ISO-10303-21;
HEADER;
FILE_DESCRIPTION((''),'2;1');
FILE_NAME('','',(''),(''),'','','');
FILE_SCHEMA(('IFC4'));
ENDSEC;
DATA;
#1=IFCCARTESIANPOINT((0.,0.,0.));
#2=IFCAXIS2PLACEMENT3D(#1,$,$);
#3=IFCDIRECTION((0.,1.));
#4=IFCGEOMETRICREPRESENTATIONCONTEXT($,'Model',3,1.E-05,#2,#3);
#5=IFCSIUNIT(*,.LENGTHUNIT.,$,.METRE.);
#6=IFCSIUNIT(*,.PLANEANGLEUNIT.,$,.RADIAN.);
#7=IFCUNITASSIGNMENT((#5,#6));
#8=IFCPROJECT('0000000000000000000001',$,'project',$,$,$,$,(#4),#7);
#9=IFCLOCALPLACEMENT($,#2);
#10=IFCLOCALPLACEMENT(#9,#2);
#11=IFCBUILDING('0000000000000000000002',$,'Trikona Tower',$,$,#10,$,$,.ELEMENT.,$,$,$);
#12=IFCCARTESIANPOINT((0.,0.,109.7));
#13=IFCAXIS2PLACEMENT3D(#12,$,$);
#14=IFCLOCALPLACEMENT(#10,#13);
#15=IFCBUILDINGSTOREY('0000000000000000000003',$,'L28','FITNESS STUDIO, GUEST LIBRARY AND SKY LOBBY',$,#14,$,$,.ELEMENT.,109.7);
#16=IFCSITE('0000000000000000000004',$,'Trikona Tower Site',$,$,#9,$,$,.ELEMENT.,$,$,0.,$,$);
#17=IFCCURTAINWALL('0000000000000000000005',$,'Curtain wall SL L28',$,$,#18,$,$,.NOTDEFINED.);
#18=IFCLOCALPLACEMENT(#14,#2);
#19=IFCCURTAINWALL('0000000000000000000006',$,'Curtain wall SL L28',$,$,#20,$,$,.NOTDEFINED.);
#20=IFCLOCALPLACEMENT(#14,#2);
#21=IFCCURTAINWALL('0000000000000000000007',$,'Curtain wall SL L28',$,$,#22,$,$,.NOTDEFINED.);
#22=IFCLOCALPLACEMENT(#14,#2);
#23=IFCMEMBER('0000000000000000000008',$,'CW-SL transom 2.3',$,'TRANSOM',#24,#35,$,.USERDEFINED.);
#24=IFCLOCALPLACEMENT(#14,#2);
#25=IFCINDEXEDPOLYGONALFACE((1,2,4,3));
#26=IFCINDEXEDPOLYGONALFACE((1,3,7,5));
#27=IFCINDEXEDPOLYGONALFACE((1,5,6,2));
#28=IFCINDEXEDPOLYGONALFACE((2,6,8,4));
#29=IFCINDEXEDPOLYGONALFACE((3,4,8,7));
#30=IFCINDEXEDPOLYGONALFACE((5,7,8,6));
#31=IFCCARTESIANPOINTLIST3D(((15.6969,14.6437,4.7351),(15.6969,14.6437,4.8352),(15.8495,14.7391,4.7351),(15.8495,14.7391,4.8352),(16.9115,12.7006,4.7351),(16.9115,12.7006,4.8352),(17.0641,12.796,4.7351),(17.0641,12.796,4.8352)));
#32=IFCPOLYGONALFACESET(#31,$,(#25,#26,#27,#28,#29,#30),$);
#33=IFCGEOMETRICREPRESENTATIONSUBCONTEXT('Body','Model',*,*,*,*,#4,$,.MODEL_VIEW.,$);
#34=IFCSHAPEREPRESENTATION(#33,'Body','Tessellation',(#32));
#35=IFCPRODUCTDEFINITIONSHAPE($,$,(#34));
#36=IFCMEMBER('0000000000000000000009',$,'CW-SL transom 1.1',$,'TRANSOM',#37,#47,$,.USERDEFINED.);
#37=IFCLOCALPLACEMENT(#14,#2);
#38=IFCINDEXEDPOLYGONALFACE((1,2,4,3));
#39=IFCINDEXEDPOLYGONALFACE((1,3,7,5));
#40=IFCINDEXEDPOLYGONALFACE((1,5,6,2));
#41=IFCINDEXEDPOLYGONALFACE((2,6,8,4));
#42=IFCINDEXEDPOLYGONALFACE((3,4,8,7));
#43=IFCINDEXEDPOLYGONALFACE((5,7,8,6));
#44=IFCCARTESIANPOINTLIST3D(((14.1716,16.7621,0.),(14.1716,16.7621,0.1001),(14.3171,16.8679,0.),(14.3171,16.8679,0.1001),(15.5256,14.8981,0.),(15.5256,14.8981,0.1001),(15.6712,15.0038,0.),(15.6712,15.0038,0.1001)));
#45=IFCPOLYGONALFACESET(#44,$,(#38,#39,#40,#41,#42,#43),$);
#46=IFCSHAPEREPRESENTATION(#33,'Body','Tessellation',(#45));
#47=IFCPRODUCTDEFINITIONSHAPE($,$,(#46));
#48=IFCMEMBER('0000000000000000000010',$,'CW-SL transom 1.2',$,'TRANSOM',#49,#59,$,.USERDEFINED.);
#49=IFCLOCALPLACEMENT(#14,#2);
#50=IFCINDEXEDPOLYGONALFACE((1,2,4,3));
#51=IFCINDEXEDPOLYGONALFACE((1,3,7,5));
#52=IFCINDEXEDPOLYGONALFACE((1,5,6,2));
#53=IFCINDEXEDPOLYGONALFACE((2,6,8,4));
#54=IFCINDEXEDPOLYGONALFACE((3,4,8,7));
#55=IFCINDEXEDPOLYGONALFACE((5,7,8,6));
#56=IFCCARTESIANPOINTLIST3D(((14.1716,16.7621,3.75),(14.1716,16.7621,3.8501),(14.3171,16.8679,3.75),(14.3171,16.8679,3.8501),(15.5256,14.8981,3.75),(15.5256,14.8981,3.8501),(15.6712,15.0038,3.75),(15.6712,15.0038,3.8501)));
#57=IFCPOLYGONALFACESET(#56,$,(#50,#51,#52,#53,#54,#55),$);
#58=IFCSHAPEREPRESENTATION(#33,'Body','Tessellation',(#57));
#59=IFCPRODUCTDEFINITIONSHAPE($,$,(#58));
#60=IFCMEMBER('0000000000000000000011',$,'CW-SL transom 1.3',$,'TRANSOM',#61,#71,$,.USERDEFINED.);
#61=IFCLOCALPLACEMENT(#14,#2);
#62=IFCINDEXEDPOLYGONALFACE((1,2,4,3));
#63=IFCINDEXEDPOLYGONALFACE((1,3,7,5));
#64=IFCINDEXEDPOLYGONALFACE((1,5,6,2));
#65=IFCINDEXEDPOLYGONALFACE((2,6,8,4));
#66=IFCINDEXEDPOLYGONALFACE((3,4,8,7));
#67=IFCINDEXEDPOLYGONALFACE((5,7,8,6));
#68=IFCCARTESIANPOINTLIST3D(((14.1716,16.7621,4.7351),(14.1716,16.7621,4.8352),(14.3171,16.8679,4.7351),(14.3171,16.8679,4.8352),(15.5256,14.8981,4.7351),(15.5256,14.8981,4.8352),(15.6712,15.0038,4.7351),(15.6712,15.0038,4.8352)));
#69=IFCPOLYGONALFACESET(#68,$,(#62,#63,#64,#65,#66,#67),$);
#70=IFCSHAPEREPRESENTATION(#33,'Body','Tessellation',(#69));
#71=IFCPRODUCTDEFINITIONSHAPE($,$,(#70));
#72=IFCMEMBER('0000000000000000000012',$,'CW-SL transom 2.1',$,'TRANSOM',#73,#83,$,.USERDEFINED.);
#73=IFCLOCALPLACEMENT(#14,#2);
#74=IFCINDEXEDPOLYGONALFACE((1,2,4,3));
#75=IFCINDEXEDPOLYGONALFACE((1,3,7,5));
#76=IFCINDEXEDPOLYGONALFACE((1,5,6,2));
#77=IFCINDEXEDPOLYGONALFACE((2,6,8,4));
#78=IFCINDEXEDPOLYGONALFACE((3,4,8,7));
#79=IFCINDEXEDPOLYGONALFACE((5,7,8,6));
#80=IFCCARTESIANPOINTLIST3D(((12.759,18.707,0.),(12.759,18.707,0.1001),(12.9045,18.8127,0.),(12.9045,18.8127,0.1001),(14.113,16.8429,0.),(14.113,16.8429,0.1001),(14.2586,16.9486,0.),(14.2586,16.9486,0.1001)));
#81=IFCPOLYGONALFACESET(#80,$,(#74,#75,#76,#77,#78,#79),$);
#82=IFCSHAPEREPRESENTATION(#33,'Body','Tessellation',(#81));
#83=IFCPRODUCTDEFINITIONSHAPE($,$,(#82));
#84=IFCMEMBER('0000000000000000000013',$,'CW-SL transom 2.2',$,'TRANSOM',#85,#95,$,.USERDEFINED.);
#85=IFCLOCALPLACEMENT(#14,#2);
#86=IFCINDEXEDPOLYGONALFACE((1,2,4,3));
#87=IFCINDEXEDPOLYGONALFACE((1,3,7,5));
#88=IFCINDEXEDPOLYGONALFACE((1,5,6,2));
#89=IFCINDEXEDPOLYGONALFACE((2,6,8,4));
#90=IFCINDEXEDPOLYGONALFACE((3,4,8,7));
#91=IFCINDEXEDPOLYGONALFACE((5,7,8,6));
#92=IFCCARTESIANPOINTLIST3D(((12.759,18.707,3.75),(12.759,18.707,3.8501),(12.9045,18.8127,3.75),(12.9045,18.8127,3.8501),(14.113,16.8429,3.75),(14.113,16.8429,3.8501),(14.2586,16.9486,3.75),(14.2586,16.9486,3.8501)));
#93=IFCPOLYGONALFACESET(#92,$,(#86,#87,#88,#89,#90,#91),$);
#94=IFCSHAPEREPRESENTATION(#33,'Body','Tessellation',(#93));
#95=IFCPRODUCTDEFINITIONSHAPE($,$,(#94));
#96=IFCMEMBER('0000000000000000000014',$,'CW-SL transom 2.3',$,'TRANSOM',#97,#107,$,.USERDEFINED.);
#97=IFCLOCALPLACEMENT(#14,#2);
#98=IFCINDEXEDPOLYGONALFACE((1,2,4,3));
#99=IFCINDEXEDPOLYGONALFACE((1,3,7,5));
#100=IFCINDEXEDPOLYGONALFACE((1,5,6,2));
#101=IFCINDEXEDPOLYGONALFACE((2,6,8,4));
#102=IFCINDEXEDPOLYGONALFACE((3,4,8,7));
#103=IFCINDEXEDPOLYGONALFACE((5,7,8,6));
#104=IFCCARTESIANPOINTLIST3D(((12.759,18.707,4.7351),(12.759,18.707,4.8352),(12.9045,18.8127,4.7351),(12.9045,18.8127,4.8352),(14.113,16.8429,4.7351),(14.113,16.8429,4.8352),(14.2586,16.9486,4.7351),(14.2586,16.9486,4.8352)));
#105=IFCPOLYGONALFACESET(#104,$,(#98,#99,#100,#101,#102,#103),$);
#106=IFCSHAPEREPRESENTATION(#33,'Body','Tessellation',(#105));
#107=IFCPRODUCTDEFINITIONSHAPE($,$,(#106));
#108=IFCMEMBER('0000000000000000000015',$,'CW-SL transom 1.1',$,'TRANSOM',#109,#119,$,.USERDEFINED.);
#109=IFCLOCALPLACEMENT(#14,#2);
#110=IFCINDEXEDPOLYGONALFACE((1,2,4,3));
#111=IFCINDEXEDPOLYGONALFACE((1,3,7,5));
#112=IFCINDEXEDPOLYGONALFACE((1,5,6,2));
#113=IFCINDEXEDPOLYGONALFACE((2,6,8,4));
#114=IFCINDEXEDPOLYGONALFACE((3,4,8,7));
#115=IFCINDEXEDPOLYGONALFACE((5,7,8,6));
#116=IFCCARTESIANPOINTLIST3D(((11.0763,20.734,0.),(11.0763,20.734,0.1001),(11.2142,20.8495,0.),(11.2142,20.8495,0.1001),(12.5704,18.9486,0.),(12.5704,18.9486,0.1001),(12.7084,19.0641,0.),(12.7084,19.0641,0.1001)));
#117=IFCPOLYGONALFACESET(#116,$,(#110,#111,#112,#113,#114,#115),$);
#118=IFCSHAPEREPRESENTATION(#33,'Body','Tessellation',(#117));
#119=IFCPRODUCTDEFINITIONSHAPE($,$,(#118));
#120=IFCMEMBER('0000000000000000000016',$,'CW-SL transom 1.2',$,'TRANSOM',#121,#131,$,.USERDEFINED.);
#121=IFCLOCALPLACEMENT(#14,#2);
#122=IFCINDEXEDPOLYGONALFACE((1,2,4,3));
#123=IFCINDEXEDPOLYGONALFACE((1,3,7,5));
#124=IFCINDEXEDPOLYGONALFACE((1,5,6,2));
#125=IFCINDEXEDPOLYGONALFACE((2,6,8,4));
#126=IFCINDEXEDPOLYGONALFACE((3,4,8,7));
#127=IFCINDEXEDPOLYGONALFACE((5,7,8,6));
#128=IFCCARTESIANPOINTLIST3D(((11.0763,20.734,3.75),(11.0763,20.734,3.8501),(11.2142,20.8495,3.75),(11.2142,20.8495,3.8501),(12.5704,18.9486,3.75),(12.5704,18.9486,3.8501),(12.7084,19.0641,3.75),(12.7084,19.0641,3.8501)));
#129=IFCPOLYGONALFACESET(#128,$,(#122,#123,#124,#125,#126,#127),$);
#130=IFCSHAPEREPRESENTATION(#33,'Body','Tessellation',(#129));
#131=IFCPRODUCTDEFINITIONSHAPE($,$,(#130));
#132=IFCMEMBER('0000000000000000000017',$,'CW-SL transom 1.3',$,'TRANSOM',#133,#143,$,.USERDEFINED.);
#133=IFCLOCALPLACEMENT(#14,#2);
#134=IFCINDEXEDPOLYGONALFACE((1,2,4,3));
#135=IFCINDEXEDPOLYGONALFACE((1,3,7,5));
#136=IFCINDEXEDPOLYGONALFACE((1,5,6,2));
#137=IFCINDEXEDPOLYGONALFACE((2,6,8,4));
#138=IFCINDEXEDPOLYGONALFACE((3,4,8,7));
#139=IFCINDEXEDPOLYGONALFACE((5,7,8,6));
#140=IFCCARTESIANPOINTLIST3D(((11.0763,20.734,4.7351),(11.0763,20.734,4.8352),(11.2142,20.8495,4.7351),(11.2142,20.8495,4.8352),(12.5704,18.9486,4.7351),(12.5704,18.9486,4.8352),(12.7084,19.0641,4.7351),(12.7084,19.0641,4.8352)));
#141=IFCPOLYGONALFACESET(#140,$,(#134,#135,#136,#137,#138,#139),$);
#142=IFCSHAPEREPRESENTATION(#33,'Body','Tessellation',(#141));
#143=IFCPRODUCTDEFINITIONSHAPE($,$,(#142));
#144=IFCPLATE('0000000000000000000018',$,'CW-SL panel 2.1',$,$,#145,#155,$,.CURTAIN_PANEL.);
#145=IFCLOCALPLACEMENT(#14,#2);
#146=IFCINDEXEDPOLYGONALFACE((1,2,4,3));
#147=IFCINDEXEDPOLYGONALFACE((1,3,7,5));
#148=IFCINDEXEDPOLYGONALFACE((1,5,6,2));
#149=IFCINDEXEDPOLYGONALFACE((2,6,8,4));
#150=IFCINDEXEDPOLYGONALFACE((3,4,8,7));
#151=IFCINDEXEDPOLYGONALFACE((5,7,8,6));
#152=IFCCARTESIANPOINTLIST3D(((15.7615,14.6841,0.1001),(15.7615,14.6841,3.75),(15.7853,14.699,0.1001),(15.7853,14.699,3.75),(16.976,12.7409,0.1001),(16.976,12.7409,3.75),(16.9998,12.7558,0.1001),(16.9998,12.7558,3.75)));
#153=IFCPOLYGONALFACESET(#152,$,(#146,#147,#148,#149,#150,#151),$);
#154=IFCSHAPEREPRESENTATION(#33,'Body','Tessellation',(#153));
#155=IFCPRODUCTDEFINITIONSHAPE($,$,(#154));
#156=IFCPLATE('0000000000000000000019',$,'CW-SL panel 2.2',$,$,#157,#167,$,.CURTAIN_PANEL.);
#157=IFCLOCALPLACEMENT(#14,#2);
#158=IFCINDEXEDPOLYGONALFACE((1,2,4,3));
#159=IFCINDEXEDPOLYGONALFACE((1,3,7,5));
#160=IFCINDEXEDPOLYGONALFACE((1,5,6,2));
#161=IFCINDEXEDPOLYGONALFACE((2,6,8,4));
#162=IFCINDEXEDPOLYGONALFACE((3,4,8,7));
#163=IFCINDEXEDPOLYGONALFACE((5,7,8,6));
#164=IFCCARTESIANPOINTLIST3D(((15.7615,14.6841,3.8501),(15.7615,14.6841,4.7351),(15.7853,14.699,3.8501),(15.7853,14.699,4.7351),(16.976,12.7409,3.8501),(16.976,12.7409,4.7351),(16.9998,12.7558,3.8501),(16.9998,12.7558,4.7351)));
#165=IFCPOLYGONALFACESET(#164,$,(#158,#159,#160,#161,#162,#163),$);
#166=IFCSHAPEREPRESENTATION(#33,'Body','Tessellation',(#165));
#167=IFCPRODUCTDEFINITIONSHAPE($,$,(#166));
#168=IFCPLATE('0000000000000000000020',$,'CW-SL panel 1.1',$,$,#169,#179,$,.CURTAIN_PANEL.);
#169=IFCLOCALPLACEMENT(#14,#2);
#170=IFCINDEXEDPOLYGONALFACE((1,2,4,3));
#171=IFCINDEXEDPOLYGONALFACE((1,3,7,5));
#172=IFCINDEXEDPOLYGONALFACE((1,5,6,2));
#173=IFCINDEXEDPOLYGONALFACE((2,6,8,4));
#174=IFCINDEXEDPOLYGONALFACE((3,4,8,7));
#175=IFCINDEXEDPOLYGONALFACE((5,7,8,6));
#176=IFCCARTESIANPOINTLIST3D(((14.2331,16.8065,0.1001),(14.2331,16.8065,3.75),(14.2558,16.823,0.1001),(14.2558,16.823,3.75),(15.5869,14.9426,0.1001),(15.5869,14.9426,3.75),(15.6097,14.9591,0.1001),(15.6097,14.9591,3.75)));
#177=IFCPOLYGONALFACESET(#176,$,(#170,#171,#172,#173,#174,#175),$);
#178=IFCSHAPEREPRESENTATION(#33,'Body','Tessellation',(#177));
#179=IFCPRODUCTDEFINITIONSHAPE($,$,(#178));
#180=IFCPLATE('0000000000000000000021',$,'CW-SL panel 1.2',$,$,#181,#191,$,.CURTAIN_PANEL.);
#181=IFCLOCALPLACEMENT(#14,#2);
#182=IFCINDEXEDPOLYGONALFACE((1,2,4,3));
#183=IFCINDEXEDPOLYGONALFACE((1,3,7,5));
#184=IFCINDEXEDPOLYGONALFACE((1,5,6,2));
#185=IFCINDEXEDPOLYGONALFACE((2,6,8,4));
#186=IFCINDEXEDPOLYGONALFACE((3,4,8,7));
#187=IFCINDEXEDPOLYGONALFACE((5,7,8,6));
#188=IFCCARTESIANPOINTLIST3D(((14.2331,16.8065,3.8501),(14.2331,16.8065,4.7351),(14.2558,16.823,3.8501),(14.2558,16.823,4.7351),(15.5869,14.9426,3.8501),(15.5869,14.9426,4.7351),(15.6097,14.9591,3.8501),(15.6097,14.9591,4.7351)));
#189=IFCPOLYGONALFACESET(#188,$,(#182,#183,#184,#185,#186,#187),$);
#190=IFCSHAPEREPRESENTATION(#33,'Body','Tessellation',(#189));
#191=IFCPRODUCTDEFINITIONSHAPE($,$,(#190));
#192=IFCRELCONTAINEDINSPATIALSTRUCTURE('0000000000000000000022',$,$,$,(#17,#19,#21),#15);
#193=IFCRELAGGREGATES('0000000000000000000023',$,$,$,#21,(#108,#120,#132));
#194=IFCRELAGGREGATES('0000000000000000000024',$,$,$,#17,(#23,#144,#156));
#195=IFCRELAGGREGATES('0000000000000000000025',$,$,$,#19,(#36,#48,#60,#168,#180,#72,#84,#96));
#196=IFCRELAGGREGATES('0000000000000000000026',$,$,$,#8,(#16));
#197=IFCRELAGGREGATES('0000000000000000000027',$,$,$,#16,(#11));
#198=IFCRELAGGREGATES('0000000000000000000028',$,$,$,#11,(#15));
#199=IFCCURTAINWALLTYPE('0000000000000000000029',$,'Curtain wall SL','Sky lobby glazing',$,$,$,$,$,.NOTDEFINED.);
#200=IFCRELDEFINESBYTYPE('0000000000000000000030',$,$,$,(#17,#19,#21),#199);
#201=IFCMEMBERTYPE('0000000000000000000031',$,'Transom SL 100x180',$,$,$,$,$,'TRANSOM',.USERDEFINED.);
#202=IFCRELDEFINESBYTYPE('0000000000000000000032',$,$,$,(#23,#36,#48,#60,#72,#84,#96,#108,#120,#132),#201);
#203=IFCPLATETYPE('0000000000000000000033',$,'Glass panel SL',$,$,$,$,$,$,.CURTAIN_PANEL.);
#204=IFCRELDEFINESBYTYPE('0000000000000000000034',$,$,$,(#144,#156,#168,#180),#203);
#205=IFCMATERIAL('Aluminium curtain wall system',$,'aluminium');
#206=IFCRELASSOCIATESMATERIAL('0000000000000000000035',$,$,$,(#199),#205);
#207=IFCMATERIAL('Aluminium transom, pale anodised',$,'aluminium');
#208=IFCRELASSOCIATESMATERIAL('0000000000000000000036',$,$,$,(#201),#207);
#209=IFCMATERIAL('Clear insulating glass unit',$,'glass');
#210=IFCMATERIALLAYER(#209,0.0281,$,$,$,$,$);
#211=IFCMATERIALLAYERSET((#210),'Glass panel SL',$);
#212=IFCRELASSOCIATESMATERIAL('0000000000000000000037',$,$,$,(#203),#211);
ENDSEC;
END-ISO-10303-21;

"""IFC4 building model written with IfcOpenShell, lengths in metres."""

from ifc_helpers import new_model, si_unit, direction, frame, origin, origin_2d, place, context, subcontext, project, spatial, rectangle, extrude, material, layer, layer_set, material_profile, profile_set, type_object, element, aggregate, save


model = new_model("IFC4")

# Units and contexts
model_context = context("Model", 3, precision=1e-05, world=origin(), true_north=direction((0.0, 1.0)))
body_context = subcontext(model_context, "Body", "Model", "MODEL_VIEW")
ifc_project = project(units=[si_unit("LENGTHUNIT", "METRE"), si_unit("PLANEANGLEUNIT", "RADIAN")], contexts=[model_context])

# Site, building, storey
site_placement = place(None, origin())
site = spatial("IfcSite", under=ifc_project, at=site_placement, Name="Trikona Tower Site", CompositionType="ELEMENT", RefElevation=0.0)
building_placement = place(site_placement, origin())
building = spatial("IfcBuilding", under=site, at=building_placement, Name="Trikona Tower", CompositionType="ELEMENT")
storey_placement = place(building_placement, frame((0.0, 0.0, 109.7)))
storey = spatial("IfcBuildingStorey", under=building, at=storey_placement, Name="L28", Description="FITNESS STUDIO, GUEST LIBRARY AND SKY LOBBY", CompositionType="ELEMENT", Elevation=109.7)

# Curtain wall
ifc_material_1 = material(Name="Aluminium curtain wall system", Category="aluminium")
curtain_wall_type = type_object("IfcCurtainWallType", Name="Curtain wall SL", Description="Sky lobby glazing", PredefinedType="NOTDEFINED", material=ifc_material_1)
curtain_wall_1_placement = place(storey_placement, origin())
curtain_wall_1 = element("IfcCurtainWall", 1, at=curtain_wall_1_placement, inside=storey, type_object=curtain_wall_type, Name="Curtain wall SL L28", PredefinedType="NOTDEFINED")

# Curtain wall
curtain_wall_2_placement = place(storey_placement, origin())
curtain_wall_2 = element("IfcCurtainWall", 2, at=curtain_wall_2_placement, inside=storey, type_object=curtain_wall_type, Name="Curtain wall SL L28", PredefinedType="NOTDEFINED")

# Curtain wall
curtain_wall_3_placement = place(storey_placement, origin())
curtain_wall_3 = element("IfcCurtainWall", 3, at=curtain_wall_3_placement, inside=storey, type_object=curtain_wall_type, Name="Curtain wall SL L28", PredefinedType="NOTDEFINED")

# Members
ifc_material_2 = material(Name="Aluminium transom, pale anodised", Category="aluminium")
ifc_material_profile_1 = material_profile(ifc_material_2, rectangle(XDim=0.1799, YDim=0.1001, at=origin_2d()), Name="TRN-SL")
ifc_profile_set_1 = profile_set([ifc_material_profile_1], Name="Aluminium transom, pale anodised")
member_type_1 = type_object("IfcMemberType", Name="Transom SL 100x180", ElementType="TRANSOM", PredefinedType="USERDEFINED", material=ifc_profile_set_1)
member_1_placement = place(storey_placement, frame((16.9878, 12.7483, 4.7852), z_axis=(-0.530047, 0.847968, 0.0), x_axis=(-0.847968, -0.530047, 0.0)))
member_1 = element("IfcMember", 4, at=member_1_placement, type_object=member_type_1, Name="CW-SL transom 2.3", ObjectType="TRANSOM", PredefinedType="USERDEFINED", context=body_context, shape_type="SweptSolid", body=[
    extrude(rectangle(XDim=0.1799, YDim=0.1001, at=origin_2d()), origin(), (0.0, 0.0, 1.0), 2.2915),
])
member_2_placement = place(storey_placement, frame((15.5984, 14.9509, 0.05), z_axis=(-0.587705, 0.809075, 0.0), x_axis=(-0.809075, -0.587705, 0.0)))
member_2 = element("IfcMember", 5, at=member_2_placement, type_object=member_type_1, Name="CW-SL transom 1.1", ObjectType="TRANSOM", PredefinedType="USERDEFINED", context=body_context, shape_type="SweptSolid", body=[
    extrude(rectangle(XDim=0.1799, YDim=0.1001, at=origin_2d()), origin(), (0.0, 0.0, 1.0), 2.304),
])
member_3_placement = place(storey_placement, frame((15.5984, 14.9509, 3.8), z_axis=(-0.587705, 0.809075, 0.0), x_axis=(-0.809075, -0.587705, 0.0)))
member_3 = element("IfcMember", 6, at=member_3_placement, type_object=member_type_1, Name="CW-SL transom 1.2", ObjectType="TRANSOM", PredefinedType="USERDEFINED", context=body_context, shape_type="SweptSolid", body=[
    extrude(rectangle(XDim=0.1799, YDim=0.1001, at=origin_2d()), origin(), (0.0, 0.0, 1.0), 2.304),
])
member_4_placement = place(storey_placement, frame((15.5984, 14.9509, 4.7852), z_axis=(-0.587705, 0.809075, 0.0), x_axis=(-0.809075, -0.587705, 0.0)))
member_4 = element("IfcMember", 7, at=member_4_placement, type_object=member_type_1, Name="CW-SL transom 1.3", ObjectType="TRANSOM", PredefinedType="USERDEFINED", context=body_context, shape_type="SweptSolid", body=[
    extrude(rectangle(XDim=0.1799, YDim=0.1001, at=origin_2d()), origin(), (0.0, 0.0, 1.0), 2.304),
])
member_5_placement = place(storey_placement, frame((14.1858, 16.8958, 0.05), z_axis=(-0.587705, 0.809075, 0.0), x_axis=(-0.809075, -0.587705, 0.0)))
member_5 = element("IfcMember", 8, at=member_5_placement, type_object=member_type_1, Name="CW-SL transom 2.1", ObjectType="TRANSOM", PredefinedType="USERDEFINED", context=body_context, shape_type="SweptSolid", body=[
    extrude(rectangle(XDim=0.1799, YDim=0.1001, at=origin_2d()), origin(), (0.0, 0.0, 1.0), 2.304),
])
member_6_placement = place(storey_placement, frame((14.1858, 16.8958, 3.8), z_axis=(-0.587705, 0.809075, 0.0), x_axis=(-0.809075, -0.587705, 0.0)))
member_6 = element("IfcMember", 9, at=member_6_placement, type_object=member_type_1, Name="CW-SL transom 2.2", ObjectType="TRANSOM", PredefinedType="USERDEFINED", context=body_context, shape_type="SweptSolid", body=[
    extrude(rectangle(XDim=0.1799, YDim=0.1001, at=origin_2d()), origin(), (0.0, 0.0, 1.0), 2.304),
])
member_7_placement = place(storey_placement, frame((14.1858, 16.8958, 4.7852), z_axis=(-0.587705, 0.809075, 0.0), x_axis=(-0.809075, -0.587705, 0.0)))
member_7 = element("IfcMember", 10, at=member_7_placement, type_object=member_type_1, Name="CW-SL transom 2.3", ObjectType="TRANSOM", PredefinedType="USERDEFINED", context=body_context, shape_type="SweptSolid", body=[
    extrude(rectangle(XDim=0.1799, YDim=0.1001, at=origin_2d()), origin(), (0.0, 0.0, 1.0), 2.304),
])
member_8_placement = place(storey_placement, frame((12.6394, 19.0063, 0.05), z_axis=(-0.641782, 0.766887, 0.0), x_axis=(-0.766887, -0.641782, 0.0)))
member_8 = element("IfcMember", 11, at=member_8_placement, type_object=member_type_1, Name="CW-SL transom 1.1", ObjectType="TRANSOM", PredefinedType="USERDEFINED", context=body_context, shape_type="SweptSolid", body=[
    extrude(rectangle(XDim=0.1799, YDim=0.1001, at=origin_2d()), origin(), (0.0, 0.0, 1.0), 2.3281),
])
member_9_placement = place(storey_placement, frame((12.6394, 19.0063, 3.8), z_axis=(-0.641782, 0.766887, 0.0), x_axis=(-0.766887, -0.641782, 0.0)))
member_9 = element("IfcMember", 12, at=member_9_placement, type_object=member_type_1, Name="CW-SL transom 1.2", ObjectType="TRANSOM", PredefinedType="USERDEFINED", context=body_context, shape_type="SweptSolid", body=[
    extrude(rectangle(XDim=0.1799, YDim=0.1001, at=origin_2d()), origin(), (0.0, 0.0, 1.0), 2.3281),
])
member_10_placement = place(storey_placement, frame((12.6394, 19.0063, 4.7852), z_axis=(-0.641782, 0.766887, 0.0), x_axis=(-0.766887, -0.641782, 0.0)))
member_10 = element("IfcMember", 13, at=member_10_placement, type_object=member_type_1, Name="CW-SL transom 1.3", ObjectType="TRANSOM", PredefinedType="USERDEFINED", context=body_context, shape_type="SweptSolid", body=[
    extrude(rectangle(XDim=0.1799, YDim=0.1001, at=origin_2d()), origin(), (0.0, 0.0, 1.0), 2.3281),
])
aggregate(curtain_wall_3, [member_8, member_9, member_10])

# Plates
ifc_material_3 = material(Name="Clear insulating glass unit", Category="glass")
ifc_layer_1 = layer(ifc_material_3, 0.0281)
ifc_layer_set_1 = layer_set([ifc_layer_1], Name="Glass panel SL")
plate_type = type_object("IfcPlateType", Name="Glass panel SL", PredefinedType="CURTAIN_PANEL", material=ifc_layer_set_1)
plate_1_placement = place(storey_placement, frame((16.3806, 13.72, 0.1001), z_axis=(0.0, 0.0, 1.0), x_axis=(-0.529999, 0.847998, 0.0)))
plate_1 = element("IfcPlate", 14, at=plate_1_placement, type_object=plate_type, Name="CW-SL panel 2.1", PredefinedType="CURTAIN_PANEL", context=body_context, shape_type="SweptSolid", body=[
    extrude(rectangle(XDim=2.2915, YDim=0.0281, at=origin_2d()), origin(), (0.0, 0.0, 1.0), 3.6499),
])
plate_2_placement = place(storey_placement, frame((16.3806, 13.72, 3.8501), z_axis=(0.0, 0.0, 1.0), x_axis=(-0.529999, 0.847998, 0.0)))
plate_2 = element("IfcPlate", 15, at=plate_2_placement, type_object=plate_type, Name="CW-SL panel 2.2", PredefinedType="CURTAIN_PANEL", context=body_context, shape_type="SweptSolid", body=[
    extrude(rectangle(XDim=2.2915, YDim=0.0281, at=origin_2d()), origin(), (0.0, 0.0, 1.0), 0.885),
])
aggregate(curtain_wall_1, [member_1, plate_1, plate_2])
plate_3_placement = place(storey_placement, frame((14.9214, 15.8828, 0.1001), z_axis=(0.0, 0.0, 1.0), x_axis=(-0.587677, 0.809095, 0.0)))
plate_3 = element("IfcPlate", 16, at=plate_3_placement, type_object=plate_type, Name="CW-SL panel 1.1", PredefinedType="CURTAIN_PANEL", context=body_context, shape_type="SweptSolid", body=[
    extrude(rectangle(XDim=2.3037, YDim=0.0281, at=origin_2d()), origin(), (0.0, 0.0, 1.0), 3.6499),
])
plate_4_placement = place(storey_placement, frame((14.9214, 15.8828, 3.8501), z_axis=(0.0, 0.0, 1.0), x_axis=(-0.587677, 0.809095, 0.0)))
plate_4 = element("IfcPlate", 17, at=plate_4_placement, type_object=plate_type, Name="CW-SL panel 1.2", PredefinedType="CURTAIN_PANEL", context=body_context, shape_type="SweptSolid", body=[
    extrude(rectangle(XDim=2.3037, YDim=0.0281, at=origin_2d()), origin(), (0.0, 0.0, 1.0), 0.885),
])
aggregate(curtain_wall_2, [member_2, member_3, member_4, plate_3, plate_4, member_5, member_6, member_7])

save(model, "model.ifc")
